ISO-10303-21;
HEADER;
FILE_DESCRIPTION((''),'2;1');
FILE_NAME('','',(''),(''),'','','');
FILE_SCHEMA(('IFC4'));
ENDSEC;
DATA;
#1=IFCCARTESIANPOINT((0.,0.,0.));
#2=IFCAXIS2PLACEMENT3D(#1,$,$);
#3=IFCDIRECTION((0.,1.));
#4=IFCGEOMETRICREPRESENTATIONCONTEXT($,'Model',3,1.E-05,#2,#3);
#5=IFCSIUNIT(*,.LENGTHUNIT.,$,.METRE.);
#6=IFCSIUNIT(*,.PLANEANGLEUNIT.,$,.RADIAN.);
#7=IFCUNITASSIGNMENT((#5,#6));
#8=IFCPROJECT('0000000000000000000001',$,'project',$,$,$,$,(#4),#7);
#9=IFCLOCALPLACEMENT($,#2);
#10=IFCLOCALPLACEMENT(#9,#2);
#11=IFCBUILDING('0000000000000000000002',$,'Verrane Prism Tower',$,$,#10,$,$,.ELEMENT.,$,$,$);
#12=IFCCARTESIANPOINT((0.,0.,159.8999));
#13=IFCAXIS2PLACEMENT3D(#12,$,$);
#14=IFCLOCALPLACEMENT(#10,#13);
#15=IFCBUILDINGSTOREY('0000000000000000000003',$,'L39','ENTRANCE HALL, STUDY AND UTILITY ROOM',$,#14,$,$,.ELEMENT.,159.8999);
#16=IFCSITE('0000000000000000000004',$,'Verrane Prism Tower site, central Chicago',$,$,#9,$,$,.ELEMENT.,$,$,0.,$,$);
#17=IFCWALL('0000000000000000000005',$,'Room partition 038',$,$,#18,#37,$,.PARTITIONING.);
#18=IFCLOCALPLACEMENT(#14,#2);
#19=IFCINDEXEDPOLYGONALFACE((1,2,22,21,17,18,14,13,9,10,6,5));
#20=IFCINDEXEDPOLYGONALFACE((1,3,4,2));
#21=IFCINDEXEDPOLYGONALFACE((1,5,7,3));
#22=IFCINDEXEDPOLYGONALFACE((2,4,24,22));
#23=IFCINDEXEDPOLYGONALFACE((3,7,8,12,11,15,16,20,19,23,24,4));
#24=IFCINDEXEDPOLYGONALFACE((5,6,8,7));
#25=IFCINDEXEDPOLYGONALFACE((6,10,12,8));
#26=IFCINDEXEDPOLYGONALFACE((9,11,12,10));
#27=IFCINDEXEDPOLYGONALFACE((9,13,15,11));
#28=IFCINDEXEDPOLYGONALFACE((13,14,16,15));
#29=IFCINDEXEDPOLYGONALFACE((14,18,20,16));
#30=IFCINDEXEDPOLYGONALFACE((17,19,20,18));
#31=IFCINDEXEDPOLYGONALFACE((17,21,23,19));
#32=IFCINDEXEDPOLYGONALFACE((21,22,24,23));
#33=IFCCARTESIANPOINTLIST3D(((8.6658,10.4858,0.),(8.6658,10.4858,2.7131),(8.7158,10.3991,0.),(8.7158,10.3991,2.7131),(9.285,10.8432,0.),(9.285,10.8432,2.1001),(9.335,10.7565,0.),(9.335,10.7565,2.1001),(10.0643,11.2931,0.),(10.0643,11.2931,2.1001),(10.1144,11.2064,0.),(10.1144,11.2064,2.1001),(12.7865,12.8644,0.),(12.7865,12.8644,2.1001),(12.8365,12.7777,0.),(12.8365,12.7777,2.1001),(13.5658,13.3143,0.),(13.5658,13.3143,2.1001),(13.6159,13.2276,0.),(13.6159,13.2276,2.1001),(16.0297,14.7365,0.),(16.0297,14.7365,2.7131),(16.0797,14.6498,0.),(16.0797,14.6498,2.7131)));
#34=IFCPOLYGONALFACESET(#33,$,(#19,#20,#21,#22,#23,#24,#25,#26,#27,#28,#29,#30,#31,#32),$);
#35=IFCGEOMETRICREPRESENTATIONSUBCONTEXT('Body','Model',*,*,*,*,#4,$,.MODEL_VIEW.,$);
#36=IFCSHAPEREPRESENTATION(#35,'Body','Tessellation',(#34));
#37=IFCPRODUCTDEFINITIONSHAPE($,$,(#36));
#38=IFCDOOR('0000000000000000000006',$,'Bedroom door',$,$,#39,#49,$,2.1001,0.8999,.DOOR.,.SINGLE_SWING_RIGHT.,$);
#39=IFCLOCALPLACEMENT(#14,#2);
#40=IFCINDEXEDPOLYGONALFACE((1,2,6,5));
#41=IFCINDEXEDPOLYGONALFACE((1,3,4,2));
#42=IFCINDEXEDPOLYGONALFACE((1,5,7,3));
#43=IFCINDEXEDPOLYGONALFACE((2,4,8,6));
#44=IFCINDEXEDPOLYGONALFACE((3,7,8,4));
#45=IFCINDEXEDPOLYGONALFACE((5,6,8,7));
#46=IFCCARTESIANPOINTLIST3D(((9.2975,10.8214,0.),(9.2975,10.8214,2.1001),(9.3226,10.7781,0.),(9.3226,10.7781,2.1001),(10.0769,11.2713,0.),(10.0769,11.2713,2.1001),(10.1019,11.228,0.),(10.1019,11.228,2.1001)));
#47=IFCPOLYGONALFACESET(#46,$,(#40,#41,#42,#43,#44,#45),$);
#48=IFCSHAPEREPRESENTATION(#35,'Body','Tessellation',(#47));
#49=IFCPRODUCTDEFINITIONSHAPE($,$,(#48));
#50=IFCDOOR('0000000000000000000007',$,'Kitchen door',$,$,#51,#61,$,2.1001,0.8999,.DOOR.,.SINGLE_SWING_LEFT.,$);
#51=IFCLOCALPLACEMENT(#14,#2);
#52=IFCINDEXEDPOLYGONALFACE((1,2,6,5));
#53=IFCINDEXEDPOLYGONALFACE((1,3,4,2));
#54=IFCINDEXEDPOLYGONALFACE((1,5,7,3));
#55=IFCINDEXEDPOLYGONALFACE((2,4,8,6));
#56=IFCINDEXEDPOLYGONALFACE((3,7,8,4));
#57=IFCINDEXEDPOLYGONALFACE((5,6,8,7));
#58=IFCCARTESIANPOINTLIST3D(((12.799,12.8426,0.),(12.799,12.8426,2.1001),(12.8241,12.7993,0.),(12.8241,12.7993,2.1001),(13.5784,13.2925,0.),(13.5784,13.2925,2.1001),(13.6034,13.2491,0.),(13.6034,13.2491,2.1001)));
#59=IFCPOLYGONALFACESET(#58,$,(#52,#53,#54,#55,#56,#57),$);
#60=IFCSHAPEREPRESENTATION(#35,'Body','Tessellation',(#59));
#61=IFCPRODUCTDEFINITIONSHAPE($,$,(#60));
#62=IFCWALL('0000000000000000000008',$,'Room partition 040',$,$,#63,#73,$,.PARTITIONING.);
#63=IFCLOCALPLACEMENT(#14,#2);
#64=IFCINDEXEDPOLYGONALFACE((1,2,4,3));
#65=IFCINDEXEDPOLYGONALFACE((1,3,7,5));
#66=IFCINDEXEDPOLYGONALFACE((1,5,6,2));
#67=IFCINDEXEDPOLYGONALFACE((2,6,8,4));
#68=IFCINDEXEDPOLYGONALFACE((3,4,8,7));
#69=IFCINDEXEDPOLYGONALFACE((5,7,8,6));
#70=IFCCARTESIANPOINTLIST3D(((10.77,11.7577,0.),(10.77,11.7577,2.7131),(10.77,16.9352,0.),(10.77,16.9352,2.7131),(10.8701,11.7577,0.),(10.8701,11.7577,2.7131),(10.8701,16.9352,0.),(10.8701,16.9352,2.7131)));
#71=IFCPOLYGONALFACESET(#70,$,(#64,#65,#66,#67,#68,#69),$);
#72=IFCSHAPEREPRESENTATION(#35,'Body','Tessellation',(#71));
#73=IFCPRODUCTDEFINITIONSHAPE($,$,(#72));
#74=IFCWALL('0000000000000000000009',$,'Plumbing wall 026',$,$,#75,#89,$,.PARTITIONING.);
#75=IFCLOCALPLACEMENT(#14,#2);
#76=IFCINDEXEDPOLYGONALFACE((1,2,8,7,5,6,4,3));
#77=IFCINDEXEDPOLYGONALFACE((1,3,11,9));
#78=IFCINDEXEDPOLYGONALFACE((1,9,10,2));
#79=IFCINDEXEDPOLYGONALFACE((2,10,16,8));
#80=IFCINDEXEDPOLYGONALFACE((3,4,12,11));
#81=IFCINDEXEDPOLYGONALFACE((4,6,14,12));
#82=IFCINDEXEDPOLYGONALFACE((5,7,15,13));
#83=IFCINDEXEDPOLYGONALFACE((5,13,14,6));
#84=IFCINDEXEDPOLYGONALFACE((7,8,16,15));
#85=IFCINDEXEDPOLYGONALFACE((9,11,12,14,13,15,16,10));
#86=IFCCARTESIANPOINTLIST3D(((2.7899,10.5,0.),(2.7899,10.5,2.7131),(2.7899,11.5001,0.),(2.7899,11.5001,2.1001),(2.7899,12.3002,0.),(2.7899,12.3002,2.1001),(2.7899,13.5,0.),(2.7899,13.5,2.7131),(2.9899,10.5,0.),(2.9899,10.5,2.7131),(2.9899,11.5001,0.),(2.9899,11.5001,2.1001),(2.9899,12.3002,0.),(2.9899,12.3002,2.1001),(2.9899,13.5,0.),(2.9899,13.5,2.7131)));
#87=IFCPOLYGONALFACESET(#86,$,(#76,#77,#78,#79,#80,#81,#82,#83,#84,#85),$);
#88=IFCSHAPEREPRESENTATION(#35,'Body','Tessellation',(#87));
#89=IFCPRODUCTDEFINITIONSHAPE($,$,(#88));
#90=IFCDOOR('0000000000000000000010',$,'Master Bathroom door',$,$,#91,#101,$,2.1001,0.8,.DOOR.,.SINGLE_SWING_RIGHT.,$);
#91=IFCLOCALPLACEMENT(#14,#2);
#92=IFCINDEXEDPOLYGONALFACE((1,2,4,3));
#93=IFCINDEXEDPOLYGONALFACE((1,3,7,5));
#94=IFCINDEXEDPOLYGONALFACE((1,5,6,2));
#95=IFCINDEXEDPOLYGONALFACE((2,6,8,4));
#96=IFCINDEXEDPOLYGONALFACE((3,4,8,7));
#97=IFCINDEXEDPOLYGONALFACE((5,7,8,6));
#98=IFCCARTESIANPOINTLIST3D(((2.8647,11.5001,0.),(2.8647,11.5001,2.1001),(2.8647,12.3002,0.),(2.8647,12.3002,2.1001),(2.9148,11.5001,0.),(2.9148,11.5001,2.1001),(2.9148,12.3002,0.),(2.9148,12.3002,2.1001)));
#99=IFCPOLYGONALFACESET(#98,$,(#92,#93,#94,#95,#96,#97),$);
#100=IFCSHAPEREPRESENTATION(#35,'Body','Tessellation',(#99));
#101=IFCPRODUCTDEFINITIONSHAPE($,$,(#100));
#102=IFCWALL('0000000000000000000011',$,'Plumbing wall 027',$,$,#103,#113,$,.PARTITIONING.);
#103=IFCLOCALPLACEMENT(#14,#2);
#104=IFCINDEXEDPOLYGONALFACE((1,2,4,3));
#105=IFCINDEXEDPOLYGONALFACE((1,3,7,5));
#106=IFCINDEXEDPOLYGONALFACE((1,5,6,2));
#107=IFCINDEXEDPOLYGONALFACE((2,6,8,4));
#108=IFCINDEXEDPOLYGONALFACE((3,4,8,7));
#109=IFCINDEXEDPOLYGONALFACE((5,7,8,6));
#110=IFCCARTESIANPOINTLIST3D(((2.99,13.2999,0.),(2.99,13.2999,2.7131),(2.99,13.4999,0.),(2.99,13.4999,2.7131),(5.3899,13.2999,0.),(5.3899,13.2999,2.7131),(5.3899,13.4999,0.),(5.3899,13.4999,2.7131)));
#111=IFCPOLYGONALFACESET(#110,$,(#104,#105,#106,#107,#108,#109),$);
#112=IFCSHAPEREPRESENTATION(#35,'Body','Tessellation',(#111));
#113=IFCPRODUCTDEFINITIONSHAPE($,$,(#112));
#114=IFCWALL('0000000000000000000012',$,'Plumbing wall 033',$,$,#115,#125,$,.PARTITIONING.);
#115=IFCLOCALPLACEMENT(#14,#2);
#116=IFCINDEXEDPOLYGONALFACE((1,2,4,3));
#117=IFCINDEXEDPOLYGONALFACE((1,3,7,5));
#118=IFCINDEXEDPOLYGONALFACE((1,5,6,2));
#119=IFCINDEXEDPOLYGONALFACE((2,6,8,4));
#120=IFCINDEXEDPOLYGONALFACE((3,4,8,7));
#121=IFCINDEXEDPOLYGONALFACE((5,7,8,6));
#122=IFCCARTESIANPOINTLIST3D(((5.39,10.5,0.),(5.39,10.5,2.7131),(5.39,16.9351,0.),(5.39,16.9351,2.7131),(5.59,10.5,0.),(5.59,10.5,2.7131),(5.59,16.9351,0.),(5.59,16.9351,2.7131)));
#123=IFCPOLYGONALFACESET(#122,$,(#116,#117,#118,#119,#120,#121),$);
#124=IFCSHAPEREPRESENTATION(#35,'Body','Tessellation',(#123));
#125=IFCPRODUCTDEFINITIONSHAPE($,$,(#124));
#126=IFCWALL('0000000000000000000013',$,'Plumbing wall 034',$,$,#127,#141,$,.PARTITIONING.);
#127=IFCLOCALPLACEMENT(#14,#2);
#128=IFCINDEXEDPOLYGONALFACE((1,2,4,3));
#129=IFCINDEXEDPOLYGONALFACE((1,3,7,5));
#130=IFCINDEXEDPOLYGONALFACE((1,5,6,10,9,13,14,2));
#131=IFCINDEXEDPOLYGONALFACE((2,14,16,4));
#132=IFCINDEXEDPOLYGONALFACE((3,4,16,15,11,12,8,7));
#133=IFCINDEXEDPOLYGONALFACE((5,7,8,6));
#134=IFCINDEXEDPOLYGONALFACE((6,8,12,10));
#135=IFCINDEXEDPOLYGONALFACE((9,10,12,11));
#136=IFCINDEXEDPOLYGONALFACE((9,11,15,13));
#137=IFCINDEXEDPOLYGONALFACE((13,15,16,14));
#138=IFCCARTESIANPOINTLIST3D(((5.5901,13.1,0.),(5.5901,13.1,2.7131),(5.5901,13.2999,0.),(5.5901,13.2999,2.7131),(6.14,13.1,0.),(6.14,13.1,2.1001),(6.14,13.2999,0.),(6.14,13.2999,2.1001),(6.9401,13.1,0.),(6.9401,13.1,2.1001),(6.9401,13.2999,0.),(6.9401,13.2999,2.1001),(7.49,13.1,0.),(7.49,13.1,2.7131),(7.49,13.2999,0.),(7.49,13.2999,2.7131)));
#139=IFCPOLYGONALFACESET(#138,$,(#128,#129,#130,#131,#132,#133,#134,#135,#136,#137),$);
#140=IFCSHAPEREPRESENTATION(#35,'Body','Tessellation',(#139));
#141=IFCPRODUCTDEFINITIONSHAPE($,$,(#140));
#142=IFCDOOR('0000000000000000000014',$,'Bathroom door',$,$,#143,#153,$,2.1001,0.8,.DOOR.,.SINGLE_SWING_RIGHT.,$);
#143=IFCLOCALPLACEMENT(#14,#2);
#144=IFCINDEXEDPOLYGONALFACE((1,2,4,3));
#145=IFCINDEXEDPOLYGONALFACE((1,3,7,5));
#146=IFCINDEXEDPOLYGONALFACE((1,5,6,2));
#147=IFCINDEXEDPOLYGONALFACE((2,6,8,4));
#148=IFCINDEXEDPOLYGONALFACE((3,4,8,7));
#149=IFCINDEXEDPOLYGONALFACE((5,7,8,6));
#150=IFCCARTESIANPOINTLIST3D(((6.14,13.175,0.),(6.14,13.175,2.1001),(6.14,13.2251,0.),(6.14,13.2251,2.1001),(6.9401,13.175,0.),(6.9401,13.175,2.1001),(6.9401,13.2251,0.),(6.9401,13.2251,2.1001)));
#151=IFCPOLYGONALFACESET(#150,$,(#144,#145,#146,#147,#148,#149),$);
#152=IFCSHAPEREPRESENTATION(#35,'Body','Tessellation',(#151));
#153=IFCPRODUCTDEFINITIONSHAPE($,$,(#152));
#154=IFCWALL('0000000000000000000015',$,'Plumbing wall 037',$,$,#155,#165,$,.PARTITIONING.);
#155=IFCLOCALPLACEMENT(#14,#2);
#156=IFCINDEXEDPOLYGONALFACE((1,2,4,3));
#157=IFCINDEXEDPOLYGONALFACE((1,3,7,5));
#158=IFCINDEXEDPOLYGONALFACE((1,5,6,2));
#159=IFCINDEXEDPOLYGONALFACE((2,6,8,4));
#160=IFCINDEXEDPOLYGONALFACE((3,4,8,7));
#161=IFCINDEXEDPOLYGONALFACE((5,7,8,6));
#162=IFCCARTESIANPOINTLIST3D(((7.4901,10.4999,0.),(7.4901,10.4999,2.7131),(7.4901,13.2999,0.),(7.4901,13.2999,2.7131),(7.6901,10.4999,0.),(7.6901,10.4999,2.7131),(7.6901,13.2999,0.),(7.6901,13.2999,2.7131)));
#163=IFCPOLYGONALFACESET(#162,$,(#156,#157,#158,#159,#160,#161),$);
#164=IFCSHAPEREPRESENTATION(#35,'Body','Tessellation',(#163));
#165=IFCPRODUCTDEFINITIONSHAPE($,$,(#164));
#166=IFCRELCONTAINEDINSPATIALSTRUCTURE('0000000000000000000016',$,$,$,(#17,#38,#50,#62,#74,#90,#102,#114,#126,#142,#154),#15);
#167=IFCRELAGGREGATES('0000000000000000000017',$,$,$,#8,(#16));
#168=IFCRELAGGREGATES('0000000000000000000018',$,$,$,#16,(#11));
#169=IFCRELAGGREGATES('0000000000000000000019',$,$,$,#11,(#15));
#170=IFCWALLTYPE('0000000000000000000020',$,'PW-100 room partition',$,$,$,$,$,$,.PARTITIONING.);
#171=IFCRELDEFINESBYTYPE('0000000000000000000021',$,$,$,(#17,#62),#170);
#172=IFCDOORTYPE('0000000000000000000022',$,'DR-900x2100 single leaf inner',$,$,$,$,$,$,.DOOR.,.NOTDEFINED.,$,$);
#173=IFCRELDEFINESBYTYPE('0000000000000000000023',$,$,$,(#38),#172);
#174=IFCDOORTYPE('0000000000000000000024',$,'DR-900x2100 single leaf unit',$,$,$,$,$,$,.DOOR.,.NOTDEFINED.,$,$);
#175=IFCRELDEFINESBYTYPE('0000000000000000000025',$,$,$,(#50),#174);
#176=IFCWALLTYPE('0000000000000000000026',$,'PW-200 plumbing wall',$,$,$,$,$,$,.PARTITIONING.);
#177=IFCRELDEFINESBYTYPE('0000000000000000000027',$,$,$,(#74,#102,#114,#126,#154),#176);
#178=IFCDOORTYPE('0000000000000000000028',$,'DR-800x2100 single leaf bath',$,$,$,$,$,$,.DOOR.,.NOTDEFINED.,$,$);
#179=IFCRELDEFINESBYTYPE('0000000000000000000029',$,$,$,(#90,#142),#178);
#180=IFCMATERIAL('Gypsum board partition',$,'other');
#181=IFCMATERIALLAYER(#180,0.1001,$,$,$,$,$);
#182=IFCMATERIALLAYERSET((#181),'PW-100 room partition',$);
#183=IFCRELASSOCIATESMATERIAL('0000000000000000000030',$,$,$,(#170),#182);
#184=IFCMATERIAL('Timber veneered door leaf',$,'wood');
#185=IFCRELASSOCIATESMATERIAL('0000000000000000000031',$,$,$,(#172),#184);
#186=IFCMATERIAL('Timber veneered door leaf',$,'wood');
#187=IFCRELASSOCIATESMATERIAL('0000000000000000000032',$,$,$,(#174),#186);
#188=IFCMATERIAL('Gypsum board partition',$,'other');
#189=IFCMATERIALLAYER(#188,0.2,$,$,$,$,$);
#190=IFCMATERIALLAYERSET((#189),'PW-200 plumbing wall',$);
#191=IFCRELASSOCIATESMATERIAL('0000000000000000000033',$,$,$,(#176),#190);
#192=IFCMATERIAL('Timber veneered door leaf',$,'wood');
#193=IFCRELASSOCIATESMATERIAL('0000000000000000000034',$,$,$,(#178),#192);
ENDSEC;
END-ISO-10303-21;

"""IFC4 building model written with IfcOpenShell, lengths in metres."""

from ifc_helpers import new_model, si_unit, direction, frame, frame_2d, origin, place, context, subcontext, project, spatial, rectangle, extrude, material, layer, layer_set, type_object, element, fill, save


model = new_model("IFC4")

# Units and contexts
model_context = context("Model", 3, precision=1e-05, world=origin(), true_north=direction((0.0, 1.0)))
body_context = subcontext(model_context, "Body", "Model", "MODEL_VIEW")
ifc_project = project(units=[si_unit("LENGTHUNIT", "METRE"), si_unit("PLANEANGLEUNIT", "RADIAN")], contexts=[model_context])

# Site, building, storey
site_placement = place(None, origin())
site = spatial("IfcSite", under=ifc_project, at=site_placement, Name="Verrane Prism Tower site, central Chicago", CompositionType="ELEMENT", RefElevation=0.0)
building_placement = place(site_placement, origin())
building = spatial("IfcBuilding", under=site, at=building_placement, Name="Verrane Prism Tower", CompositionType="ELEMENT")
storey_placement = place(building_placement, frame((0.0, 0.0, 159.8999)))
storey = spatial("IfcBuildingStorey", under=building, at=storey_placement, Name="L39", Description="ENTRANCE HALL, STUDY AND UTILITY ROOM", CompositionType="ELEMENT", Elevation=159.8999)

# Wall, openings, doors
ifc_material_1 = material(Name="Gypsum board partition", Category="other")
ifc_layer_1 = layer(ifc_material_1, 0.1001)
ifc_layer_set_1 = layer_set([ifc_layer_1], Name="PW-100 room partition")
wall_type_1 = type_object("IfcWallType", Name="PW-100 room partition", PredefinedType="PARTITIONING", material=ifc_layer_set_1)
wall_1_placement = place(storey_placement, frame((8.6907, 10.4424, 0.0), z_axis=(0.0, 0.0, 1.0), x_axis=(0.86607, 0.499922, 0.0)))
wall_1 = element("IfcWall", 1, at=wall_1_placement, inside=storey, type_object=wall_type_1, Name="Room partition 038", PredefinedType="PARTITIONING", context=body_context, shape_type="SweptSolid", body=[
    extrude(rectangle(XDim=8.5027, YDim=0.1001, at=frame_2d((4.2515, 0.0))), origin(), (0.0, 0.0, 1.0), 2.7131),
])
opening_1_placement = place(wall_1_placement, frame((4.7581, 0.0, 0.0)))
opening_1 = element("IfcOpeningElement", 2, at=opening_1_placement, cuts=wall_1, PredefinedType="OPENING", context=body_context, shape_type="SweptSolid", body=[
    extrude(rectangle(XDim=0.8999, YDim=2.1001, at=frame_2d((0.45, 1.05))), frame((0.0, 0.0601, 0.0), z_axis=(0.0, -1.0, 0.0), x_axis=(1.0, 0.0, 0.0)), (0.0, 0.0, 1.0), 0.1201),
])
opening_2_placement = place(wall_1_placement, frame((0.7151, 0.0, 0.0)))
opening_2 = element("IfcOpeningElement", 3, at=opening_2_placement, cuts=wall_1, PredefinedType="OPENING", context=body_context, shape_type="SweptSolid", body=[
    extrude(rectangle(XDim=0.8999, YDim=2.1001, at=frame_2d((0.45, 1.05))), frame((0.0, 0.0601, 0.0), z_axis=(0.0, -1.0, 0.0), x_axis=(1.0, 0.0, 0.0)), (0.0, 0.0, 1.0), 0.1201),
])
ifc_material_2 = material(Name="Timber veneered door leaf", Category="wood")
door_type_1 = type_object("IfcDoorType", Name="DR-900x2100 single leaf inner", OperationType="NOTDEFINED", PredefinedType="DOOR", material=ifc_material_2)
door_1_placement = place(opening_2_placement, origin())
door_1 = element("IfcDoor", 4, at=door_1_placement, inside=storey, type_object=door_type_1, Name="Bedroom door", OperationType="SINGLE_SWING_RIGHT", OverallHeight=2.1001, OverallWidth=0.8999, PredefinedType="DOOR", context=body_context, shape_type="SweptSolid", body=[
    extrude(rectangle(XDim=0.8999, YDim=2.1001, at=frame_2d((0.45, 1.05))), frame((0.0, 0.0249, 0.0), z_axis=(0.0, -1.0, 0.0), x_axis=(1.0, 0.0, 0.0)), (0.0, 0.0, 1.0), 0.05),
])
fill(opening_2, door_1)
ifc_material_3 = material(Name="Timber veneered door leaf", Category="wood")
door_type_2 = type_object("IfcDoorType", Name="DR-900x2100 single leaf unit", OperationType="NOTDEFINED", PredefinedType="DOOR", material=ifc_material_3)
door_2_placement = place(opening_1_placement, origin())
door_2 = element("IfcDoor", 5, at=door_2_placement, inside=storey, type_object=door_type_2, Name="Kitchen door", OperationType="SINGLE_SWING_LEFT", OverallHeight=2.1001, OverallWidth=0.8999, PredefinedType="DOOR", context=body_context, shape_type="SweptSolid", body=[
    extrude(rectangle(XDim=0.8999, YDim=2.1001, at=frame_2d((0.45, 1.05))), frame((0.0, 0.0249, 0.0), z_axis=(0.0, -1.0, 0.0), x_axis=(1.0, 0.0, 0.0)), (0.0, 0.0, 1.0), 0.05),
])
fill(opening_1, door_2)

# Wall
wall_2_placement = place(storey_placement, frame((10.8201, 11.7576, 0.0), z_axis=(0.0, 0.0, 1.0), x_axis=(0.0, 1.0, 0.0)))
element("IfcWall", 6, at=wall_2_placement, inside=storey, type_object=wall_type_1, Name="Room partition 040", PredefinedType="PARTITIONING", context=body_context, shape_type="SweptSolid", body=[
    extrude(rectangle(XDim=5.1775, YDim=0.1001, at=frame_2d((2.5889, 0.0))), origin(), (0.0, 0.0, 1.0), 2.7131),
])

# Wall, opening, door
ifc_material_4 = material(Name="Gypsum board partition", Category="other")
ifc_layer_2 = layer(ifc_material_4, 0.2)
ifc_layer_set_2 = layer_set([ifc_layer_2], Name="PW-200 plumbing wall")
wall_type_2 = type_object("IfcWallType", Name="PW-200 plumbing wall", PredefinedType="PARTITIONING", material=ifc_layer_set_2)
wall_3_placement = place(storey_placement, frame((2.8899, 13.5, 0.0), z_axis=(0.0, 0.0, 1.0), x_axis=(0.0, -1.0, 0.0)))
wall_3 = element("IfcWall", 7, at=wall_3_placement, inside=storey, type_object=wall_type_2, Name="Plumbing wall 026", PredefinedType="PARTITIONING", context=body_context, shape_type="SweptSolid", body=[
    extrude(rectangle(XDim=3.0, YDim=0.2, at=frame_2d((1.5, 0.0))), origin(), (0.0, 0.0, 1.0), 2.7131),
])
opening_3_placement = place(wall_3_placement, frame((1.2, 0.0, 0.0)))
opening_3 = element("IfcOpeningElement", 8, at=opening_3_placement, cuts=wall_3, PredefinedType="OPENING", context=body_context, shape_type="SweptSolid", body=[
    extrude(rectangle(XDim=0.8, YDim=2.1001, at=frame_2d((0.3999, 1.05))), frame((0.0, 0.1099, 0.0), z_axis=(0.0, -1.0, 0.0), x_axis=(1.0, 0.0, 0.0)), (0.0, 0.0, 1.0), 0.22),
])
ifc_material_5 = material(Name="Timber veneered door leaf", Category="wood")
door_type_3 = type_object("IfcDoorType", Name="DR-800x2100 single leaf bath", OperationType="NOTDEFINED", PredefinedType="DOOR", material=ifc_material_5)
door_3_placement = place(opening_3_placement, origin())
door_3 = element("IfcDoor", 9, at=door_3_placement, inside=storey, type_object=door_type_3, Name="Master Bathroom door", OperationType="SINGLE_SWING_RIGHT", OverallHeight=2.1001, OverallWidth=0.8, PredefinedType="DOOR", context=body_context, shape_type="SweptSolid", body=[
    extrude(rectangle(XDim=0.8, YDim=2.1001, at=frame_2d((0.3999, 1.05))), frame((0.0, 0.0249, 0.0), z_axis=(0.0, -1.0, 0.0), x_axis=(1.0, 0.0, 0.0)), (0.0, 0.0, 1.0), 0.05),
])
fill(opening_3, door_3)

# Walls
wall_4_placement = place(storey_placement, frame((2.99, 13.3999, 0.0), z_axis=(0.0, 0.0, 1.0), x_axis=(1.0, 0.0, 0.0)))
element("IfcWall", 10, at=wall_4_placement, inside=storey, type_object=wall_type_2, Name="Plumbing wall 027", PredefinedType="PARTITIONING", context=body_context, shape_type="SweptSolid", body=[
    extrude(rectangle(XDim=2.3999, YDim=0.2, at=frame_2d((1.2, 0.0))), origin(), (0.0, 0.0, 1.0), 2.7131),
])
wall_5_placement = place(storey_placement, frame((5.49, 10.5, 0.0), z_axis=(0.0, 0.0, 1.0), x_axis=(0.0, 1.0, 0.0)))
element("IfcWall", 11, at=wall_5_placement, inside=storey, type_object=wall_type_2, Name="Plumbing wall 033", PredefinedType="PARTITIONING", context=body_context, shape_type="SweptSolid", body=[
    extrude(rectangle(XDim=6.4351, YDim=0.2, at=frame_2d((3.2175, 0.0))), origin(), (0.0, 0.0, 1.0), 2.7131),
])

# Wall, opening, door
wall_6_placement = place(storey_placement, frame((7.49, 13.2, 0.0), z_axis=(0.0, 0.0, 1.0), x_axis=(-1.0, 0.0, 0.0)))
wall_6 = element("IfcWall", 12, at=wall_6_placement, inside=storey, type_object=wall_type_2, Name="Plumbing wall 034", PredefinedType="PARTITIONING", context=body_context, shape_type="SweptSolid", body=[
    extrude(rectangle(XDim=1.8999, YDim=0.2, at=frame_2d((0.95, 0.0))), origin(), (0.0, 0.0, 1.0), 2.7131),
])
opening_4_placement = place(wall_6_placement, frame((0.55, 0.0, 0.0)))
opening_4 = element("IfcOpeningElement", 13, at=opening_4_placement, cuts=wall_6, PredefinedType="OPENING", context=body_context, shape_type="SweptSolid", body=[
    extrude(rectangle(XDim=0.8, YDim=2.1001, at=frame_2d((0.3999, 1.05))), frame((0.0, 0.1099, 0.0), z_axis=(0.0, -1.0, 0.0), x_axis=(1.0, 0.0, 0.0)), (0.0, 0.0, 1.0), 0.22),
])
door_4_placement = place(opening_4_placement, origin())
door_4 = element("IfcDoor", 14, at=door_4_placement, inside=storey, type_object=door_type_3, Name="Bathroom door", OperationType="SINGLE_SWING_RIGHT", OverallHeight=2.1001, OverallWidth=0.8, PredefinedType="DOOR", context=body_context, shape_type="SweptSolid", body=[
    extrude(rectangle(XDim=0.8, YDim=2.1001, at=frame_2d((0.3999, 1.05))), frame((0.0, 0.0249, 0.0), z_axis=(0.0, -1.0, 0.0), x_axis=(1.0, 0.0, 0.0)), (0.0, 0.0, 1.0), 0.05),
])
fill(opening_4, door_4)

# Wall
wall_7_placement = place(storey_placement, frame((7.5901, 10.5, 0.0), z_axis=(0.0, 0.0, 1.0), x_axis=(0.0, 1.0, 0.0)))
element("IfcWall", 15, at=wall_7_placement, inside=storey, type_object=wall_type_2, Name="Plumbing wall 037", PredefinedType="PARTITIONING", context=body_context, shape_type="SweptSolid", body=[
    extrude(rectangle(XDim=2.8, YDim=0.2, at=frame_2d((1.3999, 0.0))), origin(), (0.0, 0.0, 1.0), 2.7131),
])

save(model, "model.ifc")
